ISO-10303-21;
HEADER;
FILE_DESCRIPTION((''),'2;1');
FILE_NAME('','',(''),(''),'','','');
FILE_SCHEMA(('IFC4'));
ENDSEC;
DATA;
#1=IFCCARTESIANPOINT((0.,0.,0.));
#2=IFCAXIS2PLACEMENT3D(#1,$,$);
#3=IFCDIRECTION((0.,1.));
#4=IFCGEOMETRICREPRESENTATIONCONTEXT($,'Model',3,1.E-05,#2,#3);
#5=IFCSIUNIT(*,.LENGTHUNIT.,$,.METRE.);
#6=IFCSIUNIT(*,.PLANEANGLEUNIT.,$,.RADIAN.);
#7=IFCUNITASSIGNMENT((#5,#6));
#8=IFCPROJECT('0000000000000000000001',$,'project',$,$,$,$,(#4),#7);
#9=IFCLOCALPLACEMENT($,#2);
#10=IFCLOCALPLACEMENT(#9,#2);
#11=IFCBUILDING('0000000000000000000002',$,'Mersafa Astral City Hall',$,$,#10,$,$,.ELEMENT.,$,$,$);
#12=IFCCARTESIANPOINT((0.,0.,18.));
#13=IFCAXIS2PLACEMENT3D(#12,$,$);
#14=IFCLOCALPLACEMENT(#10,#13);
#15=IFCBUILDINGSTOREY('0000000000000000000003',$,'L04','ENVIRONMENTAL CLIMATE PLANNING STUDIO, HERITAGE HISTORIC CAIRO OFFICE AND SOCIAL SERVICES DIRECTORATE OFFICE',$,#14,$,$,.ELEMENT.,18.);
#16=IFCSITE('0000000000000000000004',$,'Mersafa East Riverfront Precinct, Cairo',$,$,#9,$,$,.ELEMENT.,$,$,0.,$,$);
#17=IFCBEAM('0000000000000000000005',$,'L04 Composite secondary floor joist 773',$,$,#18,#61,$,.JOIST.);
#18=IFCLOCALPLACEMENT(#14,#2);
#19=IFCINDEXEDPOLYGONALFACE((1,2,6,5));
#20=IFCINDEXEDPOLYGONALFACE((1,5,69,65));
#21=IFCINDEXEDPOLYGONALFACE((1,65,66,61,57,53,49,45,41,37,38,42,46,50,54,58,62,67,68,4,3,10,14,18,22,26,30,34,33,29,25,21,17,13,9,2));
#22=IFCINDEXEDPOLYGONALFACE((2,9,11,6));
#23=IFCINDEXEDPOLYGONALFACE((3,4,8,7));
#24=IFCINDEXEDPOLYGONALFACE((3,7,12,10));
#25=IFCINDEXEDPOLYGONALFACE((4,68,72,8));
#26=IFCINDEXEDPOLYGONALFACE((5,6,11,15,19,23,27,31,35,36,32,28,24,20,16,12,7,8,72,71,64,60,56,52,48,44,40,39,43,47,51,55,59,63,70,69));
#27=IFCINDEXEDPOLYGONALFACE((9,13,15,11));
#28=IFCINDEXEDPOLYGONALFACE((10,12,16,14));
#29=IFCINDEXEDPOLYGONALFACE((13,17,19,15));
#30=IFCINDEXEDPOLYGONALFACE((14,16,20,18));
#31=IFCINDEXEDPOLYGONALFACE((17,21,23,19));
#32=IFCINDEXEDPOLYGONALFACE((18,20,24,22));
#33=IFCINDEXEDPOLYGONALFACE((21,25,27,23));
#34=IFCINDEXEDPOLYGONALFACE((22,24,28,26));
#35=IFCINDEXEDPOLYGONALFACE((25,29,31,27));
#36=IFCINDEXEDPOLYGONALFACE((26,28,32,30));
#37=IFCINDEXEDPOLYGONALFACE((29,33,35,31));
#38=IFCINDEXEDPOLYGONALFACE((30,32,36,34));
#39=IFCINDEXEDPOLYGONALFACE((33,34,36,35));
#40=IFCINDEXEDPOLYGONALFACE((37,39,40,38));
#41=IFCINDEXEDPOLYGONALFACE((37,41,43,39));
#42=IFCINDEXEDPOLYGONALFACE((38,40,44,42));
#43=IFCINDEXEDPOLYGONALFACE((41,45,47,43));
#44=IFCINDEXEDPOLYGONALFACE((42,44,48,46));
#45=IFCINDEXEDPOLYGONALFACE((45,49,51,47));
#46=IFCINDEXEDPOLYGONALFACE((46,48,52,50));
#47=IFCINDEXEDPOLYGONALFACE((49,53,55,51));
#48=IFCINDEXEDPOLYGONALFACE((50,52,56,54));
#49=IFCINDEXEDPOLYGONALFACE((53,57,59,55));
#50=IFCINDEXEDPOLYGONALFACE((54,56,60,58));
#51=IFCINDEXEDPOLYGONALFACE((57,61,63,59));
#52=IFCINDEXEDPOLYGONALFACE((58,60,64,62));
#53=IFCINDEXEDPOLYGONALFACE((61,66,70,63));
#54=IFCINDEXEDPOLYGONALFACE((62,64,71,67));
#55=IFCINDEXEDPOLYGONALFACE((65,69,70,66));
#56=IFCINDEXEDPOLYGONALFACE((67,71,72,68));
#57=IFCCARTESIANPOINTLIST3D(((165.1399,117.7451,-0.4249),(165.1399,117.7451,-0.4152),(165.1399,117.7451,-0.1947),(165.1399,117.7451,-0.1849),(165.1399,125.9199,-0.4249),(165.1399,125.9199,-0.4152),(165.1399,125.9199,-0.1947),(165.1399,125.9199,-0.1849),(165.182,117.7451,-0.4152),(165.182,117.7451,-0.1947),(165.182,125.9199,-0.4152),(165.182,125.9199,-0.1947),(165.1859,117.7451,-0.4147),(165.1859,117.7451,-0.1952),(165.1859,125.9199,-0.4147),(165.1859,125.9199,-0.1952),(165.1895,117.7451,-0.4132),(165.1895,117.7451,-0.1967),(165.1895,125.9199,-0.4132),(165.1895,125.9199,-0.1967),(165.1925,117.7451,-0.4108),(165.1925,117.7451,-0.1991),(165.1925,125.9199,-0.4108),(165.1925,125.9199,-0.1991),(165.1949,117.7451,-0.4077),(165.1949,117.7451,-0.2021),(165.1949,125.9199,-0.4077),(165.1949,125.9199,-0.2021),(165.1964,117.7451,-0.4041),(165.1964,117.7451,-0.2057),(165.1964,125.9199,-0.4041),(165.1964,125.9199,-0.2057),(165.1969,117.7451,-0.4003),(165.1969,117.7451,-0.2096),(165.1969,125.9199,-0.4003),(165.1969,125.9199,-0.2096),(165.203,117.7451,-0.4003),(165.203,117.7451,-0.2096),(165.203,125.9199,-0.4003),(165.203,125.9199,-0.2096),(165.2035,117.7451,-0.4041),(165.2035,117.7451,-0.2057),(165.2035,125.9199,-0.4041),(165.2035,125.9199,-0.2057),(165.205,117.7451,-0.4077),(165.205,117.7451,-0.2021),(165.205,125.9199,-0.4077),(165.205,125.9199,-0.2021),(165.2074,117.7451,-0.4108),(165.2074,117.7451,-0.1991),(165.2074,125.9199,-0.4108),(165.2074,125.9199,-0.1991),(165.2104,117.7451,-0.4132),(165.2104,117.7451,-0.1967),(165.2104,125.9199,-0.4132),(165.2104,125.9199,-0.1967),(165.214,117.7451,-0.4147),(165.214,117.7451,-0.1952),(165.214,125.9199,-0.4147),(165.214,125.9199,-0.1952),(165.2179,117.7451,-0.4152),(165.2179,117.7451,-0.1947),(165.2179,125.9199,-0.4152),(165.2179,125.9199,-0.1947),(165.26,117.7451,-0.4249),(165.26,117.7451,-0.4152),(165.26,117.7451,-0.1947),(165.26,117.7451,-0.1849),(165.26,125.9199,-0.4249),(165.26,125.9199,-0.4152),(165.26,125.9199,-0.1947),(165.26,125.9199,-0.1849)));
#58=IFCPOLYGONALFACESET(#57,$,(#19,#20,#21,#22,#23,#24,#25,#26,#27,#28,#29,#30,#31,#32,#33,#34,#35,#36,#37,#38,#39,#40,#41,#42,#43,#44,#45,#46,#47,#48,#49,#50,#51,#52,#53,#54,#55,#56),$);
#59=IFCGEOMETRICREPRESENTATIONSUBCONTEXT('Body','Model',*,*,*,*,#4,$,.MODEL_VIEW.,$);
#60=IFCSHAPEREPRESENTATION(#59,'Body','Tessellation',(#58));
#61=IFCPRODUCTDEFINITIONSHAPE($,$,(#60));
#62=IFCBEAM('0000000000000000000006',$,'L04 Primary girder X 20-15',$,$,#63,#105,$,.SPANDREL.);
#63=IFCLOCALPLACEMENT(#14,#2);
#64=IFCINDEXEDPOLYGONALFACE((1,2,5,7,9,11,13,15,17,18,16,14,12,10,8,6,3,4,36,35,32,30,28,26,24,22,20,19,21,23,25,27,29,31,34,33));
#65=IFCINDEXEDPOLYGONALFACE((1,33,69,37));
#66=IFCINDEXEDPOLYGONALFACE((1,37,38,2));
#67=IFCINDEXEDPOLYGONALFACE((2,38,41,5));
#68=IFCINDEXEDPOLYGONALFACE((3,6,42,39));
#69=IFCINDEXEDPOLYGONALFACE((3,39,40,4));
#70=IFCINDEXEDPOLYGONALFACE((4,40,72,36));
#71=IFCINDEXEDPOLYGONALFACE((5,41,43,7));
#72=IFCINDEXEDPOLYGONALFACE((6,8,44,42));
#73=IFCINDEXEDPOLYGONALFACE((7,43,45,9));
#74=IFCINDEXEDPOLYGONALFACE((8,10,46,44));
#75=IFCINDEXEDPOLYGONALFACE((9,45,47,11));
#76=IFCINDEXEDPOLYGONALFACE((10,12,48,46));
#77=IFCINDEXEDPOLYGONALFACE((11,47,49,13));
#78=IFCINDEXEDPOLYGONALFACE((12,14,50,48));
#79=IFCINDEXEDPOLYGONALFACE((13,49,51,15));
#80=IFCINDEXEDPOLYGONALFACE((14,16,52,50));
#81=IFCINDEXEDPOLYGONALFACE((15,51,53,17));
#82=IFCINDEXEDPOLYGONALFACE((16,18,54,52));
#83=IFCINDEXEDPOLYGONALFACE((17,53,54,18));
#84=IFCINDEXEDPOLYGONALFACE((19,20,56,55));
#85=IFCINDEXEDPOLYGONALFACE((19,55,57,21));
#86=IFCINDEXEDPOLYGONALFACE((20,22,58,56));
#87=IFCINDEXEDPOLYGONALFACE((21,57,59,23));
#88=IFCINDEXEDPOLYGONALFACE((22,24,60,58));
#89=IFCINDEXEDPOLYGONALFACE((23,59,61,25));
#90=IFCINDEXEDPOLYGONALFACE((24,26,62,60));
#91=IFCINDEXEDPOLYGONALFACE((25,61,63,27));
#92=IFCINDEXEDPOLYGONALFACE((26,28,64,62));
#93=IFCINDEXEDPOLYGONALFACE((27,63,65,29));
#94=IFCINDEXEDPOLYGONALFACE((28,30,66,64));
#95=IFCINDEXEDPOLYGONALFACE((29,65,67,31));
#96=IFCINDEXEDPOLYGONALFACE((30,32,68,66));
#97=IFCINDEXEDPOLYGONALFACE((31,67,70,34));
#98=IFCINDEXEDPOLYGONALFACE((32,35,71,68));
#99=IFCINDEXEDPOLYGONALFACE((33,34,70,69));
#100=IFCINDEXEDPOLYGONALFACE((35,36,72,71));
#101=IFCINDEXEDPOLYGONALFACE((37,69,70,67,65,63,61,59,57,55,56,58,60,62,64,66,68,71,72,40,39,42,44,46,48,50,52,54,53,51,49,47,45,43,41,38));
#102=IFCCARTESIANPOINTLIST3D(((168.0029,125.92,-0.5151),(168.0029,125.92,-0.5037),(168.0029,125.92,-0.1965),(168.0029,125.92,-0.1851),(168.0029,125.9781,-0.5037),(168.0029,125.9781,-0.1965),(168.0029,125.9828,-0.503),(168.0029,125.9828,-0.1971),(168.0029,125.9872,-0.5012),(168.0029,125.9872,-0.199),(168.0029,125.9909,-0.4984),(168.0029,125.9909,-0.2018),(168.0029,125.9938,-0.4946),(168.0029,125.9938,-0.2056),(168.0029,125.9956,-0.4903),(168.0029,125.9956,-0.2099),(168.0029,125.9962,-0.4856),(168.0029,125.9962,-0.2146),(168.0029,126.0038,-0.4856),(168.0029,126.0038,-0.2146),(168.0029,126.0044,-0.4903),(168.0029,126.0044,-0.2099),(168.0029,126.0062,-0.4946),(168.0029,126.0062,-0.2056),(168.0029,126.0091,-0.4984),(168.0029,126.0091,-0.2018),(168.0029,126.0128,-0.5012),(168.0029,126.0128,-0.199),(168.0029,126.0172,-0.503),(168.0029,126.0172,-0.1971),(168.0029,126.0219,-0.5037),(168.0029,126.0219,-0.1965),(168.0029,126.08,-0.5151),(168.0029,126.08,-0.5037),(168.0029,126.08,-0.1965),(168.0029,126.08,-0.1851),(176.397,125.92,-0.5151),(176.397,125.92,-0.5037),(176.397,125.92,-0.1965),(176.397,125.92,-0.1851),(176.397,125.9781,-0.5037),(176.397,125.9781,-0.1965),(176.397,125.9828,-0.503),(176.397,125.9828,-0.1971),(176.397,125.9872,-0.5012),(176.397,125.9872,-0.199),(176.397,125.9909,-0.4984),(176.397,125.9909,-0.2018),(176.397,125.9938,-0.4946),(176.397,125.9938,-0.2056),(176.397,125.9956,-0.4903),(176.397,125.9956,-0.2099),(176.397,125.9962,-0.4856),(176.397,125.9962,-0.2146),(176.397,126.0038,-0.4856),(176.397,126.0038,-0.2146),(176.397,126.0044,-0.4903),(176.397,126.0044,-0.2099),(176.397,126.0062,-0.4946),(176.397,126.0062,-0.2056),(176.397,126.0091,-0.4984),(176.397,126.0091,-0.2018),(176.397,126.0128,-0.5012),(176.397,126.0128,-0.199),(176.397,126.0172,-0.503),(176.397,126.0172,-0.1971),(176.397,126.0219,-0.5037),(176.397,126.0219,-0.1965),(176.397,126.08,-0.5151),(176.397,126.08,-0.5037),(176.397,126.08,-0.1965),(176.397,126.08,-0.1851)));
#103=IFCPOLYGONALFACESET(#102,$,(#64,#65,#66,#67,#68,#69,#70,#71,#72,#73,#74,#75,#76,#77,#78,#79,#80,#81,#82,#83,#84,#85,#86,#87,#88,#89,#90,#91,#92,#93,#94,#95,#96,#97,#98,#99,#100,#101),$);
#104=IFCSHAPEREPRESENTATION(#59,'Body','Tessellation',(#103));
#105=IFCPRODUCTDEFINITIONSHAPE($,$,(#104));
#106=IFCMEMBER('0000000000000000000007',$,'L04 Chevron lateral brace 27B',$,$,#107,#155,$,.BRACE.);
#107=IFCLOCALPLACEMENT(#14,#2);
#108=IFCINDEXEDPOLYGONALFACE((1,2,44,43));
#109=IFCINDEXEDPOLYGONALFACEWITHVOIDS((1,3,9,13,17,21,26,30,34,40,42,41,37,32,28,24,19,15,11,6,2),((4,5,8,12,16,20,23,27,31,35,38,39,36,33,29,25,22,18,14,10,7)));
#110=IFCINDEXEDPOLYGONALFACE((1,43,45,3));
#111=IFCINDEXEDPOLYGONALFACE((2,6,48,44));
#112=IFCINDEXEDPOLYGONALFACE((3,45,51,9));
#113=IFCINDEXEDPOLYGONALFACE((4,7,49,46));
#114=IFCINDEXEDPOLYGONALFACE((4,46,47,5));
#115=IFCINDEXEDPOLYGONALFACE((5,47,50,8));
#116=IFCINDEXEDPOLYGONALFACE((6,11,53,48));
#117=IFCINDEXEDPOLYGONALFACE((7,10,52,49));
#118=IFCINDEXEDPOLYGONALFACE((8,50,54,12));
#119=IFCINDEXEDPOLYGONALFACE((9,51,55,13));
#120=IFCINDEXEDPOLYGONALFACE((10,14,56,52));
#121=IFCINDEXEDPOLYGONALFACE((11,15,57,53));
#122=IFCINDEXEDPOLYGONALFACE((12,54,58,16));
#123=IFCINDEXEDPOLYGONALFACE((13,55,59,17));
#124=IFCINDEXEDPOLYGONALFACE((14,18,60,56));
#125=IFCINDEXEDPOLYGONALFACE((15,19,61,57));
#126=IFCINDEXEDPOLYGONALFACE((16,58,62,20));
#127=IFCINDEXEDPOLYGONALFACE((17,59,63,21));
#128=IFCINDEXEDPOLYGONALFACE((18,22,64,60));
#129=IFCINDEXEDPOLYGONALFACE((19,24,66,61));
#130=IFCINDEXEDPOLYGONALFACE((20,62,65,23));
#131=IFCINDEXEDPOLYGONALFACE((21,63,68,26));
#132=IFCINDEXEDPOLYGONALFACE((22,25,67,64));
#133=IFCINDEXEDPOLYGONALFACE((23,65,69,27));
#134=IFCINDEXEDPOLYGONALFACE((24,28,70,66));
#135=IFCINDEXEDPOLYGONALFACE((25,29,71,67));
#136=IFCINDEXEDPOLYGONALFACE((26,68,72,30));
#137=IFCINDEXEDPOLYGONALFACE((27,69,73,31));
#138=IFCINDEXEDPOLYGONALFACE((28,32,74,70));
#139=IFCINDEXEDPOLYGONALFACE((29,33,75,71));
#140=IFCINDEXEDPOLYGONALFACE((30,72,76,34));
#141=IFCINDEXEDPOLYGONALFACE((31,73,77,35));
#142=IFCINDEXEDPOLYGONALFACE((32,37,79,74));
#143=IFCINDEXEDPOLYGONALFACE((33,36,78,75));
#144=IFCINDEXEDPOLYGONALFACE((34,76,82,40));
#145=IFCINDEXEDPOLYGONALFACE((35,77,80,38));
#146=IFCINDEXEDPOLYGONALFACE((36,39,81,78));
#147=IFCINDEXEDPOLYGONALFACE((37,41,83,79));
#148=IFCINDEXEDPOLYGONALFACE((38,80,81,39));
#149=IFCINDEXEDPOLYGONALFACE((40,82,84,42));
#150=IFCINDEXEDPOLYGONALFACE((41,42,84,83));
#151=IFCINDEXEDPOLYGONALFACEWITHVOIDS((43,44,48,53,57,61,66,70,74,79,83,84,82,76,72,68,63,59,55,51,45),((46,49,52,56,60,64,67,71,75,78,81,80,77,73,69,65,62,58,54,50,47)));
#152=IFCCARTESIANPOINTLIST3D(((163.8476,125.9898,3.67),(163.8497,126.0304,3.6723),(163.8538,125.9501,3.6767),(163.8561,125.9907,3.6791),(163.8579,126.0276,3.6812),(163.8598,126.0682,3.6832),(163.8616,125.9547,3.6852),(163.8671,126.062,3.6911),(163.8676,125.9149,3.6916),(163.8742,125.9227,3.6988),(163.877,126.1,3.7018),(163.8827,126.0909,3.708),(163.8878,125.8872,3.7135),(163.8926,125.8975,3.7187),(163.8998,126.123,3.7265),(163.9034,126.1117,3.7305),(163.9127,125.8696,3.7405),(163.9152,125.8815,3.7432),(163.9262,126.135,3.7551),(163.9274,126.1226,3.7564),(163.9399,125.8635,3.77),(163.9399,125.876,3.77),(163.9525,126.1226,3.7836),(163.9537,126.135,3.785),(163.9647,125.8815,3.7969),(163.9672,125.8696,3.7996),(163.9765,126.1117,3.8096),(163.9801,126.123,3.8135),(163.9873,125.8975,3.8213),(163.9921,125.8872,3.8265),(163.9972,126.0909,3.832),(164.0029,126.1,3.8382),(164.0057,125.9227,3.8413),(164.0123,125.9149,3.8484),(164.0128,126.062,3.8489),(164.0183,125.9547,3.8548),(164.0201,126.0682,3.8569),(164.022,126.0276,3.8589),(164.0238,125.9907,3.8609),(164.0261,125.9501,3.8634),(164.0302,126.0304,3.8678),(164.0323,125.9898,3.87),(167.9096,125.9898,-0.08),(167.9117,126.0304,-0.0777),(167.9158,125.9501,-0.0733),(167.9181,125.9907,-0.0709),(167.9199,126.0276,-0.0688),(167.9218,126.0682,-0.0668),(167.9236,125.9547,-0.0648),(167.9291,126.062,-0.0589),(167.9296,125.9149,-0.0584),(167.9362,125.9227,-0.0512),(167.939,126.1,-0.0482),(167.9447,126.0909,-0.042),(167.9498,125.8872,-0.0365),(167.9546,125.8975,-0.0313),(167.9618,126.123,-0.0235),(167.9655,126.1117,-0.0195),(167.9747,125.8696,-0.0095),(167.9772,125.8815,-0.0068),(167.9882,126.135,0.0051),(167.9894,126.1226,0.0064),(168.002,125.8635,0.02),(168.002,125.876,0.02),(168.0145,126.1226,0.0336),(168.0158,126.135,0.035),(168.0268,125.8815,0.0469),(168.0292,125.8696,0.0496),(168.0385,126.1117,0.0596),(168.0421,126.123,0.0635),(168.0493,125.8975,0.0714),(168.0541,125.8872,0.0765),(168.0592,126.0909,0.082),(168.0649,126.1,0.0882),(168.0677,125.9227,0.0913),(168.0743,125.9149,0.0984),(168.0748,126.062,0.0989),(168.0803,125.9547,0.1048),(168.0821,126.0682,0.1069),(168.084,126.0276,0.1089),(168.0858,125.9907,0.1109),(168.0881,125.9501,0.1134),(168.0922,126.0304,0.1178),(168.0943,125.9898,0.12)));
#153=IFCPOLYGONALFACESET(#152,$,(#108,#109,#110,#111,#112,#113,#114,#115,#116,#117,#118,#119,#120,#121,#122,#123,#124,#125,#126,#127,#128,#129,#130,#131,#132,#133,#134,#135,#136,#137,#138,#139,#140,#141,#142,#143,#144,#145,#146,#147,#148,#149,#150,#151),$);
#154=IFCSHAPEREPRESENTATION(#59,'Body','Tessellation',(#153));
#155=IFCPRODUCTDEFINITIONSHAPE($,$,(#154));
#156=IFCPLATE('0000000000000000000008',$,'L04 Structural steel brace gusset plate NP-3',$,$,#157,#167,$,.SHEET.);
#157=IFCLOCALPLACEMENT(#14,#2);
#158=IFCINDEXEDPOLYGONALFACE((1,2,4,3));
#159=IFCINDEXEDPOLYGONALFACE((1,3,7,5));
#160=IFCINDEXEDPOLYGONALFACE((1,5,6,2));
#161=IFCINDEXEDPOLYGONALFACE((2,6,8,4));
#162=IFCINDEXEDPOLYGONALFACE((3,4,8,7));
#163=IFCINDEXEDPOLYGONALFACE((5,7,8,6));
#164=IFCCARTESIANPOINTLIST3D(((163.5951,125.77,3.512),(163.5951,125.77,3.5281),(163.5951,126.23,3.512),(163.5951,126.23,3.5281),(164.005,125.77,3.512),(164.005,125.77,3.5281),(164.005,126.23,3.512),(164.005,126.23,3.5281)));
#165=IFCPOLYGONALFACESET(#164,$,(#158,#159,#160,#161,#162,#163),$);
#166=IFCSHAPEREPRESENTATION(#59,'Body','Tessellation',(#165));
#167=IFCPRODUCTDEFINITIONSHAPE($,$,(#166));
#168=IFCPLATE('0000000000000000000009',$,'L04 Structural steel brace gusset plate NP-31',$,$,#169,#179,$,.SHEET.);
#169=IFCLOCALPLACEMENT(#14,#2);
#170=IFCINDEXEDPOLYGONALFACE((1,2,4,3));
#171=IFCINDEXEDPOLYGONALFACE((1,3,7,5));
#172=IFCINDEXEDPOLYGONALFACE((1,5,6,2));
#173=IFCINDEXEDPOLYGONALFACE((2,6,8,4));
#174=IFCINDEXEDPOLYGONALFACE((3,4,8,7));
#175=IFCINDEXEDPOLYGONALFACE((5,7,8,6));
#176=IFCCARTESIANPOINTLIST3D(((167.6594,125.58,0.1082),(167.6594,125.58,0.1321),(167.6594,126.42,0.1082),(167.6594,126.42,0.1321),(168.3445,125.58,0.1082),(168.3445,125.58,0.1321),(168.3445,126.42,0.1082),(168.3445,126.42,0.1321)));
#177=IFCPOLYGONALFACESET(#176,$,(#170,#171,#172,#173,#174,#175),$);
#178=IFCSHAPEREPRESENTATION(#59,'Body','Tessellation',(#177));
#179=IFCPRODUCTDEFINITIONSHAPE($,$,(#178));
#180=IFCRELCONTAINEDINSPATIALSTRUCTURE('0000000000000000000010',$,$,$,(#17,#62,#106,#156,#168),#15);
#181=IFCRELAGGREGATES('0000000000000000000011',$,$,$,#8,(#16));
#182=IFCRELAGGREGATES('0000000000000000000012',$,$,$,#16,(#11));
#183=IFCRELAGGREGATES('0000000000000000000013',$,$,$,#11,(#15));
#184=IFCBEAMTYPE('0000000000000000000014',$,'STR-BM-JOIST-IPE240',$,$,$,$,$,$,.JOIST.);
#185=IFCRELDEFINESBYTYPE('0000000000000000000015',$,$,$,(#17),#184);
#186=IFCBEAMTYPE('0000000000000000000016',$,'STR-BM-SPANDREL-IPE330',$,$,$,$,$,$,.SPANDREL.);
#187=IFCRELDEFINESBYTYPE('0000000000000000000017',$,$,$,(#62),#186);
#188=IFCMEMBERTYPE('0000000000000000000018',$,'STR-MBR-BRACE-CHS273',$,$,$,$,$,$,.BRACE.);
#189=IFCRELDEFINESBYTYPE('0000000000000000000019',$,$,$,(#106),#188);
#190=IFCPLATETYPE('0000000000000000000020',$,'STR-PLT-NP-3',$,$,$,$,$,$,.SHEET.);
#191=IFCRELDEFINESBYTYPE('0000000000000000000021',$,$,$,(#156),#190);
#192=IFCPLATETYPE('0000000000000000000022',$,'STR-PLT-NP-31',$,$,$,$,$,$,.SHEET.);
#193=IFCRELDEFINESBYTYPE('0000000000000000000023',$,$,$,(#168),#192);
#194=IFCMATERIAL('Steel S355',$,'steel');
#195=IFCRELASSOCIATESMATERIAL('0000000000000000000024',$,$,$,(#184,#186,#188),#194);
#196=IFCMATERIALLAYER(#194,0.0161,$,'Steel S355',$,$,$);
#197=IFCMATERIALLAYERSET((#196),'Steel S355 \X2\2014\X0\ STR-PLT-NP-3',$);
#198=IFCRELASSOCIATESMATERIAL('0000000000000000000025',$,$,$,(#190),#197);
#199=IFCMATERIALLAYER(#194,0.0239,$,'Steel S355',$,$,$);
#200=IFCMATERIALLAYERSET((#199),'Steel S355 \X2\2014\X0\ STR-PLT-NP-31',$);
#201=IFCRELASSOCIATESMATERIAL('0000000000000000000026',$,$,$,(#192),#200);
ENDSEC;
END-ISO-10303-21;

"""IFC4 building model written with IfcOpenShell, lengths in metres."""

from ifc_helpers import new_model, si_unit, direction, frame, origin, origin_2d, place, context, subcontext, project, spatial, rectangle, hollow_circle, i_section, extrude, material, layer, layer_set, material_profile, profile_set, type_object, element, save


model = new_model("IFC4")

# Units and contexts
model_context = context("Model", 3, precision=1e-05, world=origin(), true_north=direction((0.0, 1.0)))
body_context = subcontext(model_context, "Body", "Model", "MODEL_VIEW")
ifc_project = project(units=[si_unit("LENGTHUNIT", "METRE"), si_unit("PLANEANGLEUNIT", "RADIAN")], contexts=[model_context])

# Site, building, storey
site_placement = place(None, origin())
site = spatial("IfcSite", under=ifc_project, at=site_placement, Name="Mersafa East Riverfront Precinct, Cairo", CompositionType="ELEMENT", RefElevation=0.0)
building_placement = place(site_placement, origin())
building = spatial("IfcBuilding", under=site, at=building_placement, Name="Mersafa Astral City Hall", CompositionType="ELEMENT")
storey_placement = place(building_placement, frame((0.0, 0.0, 18.0)))
storey = spatial("IfcBuildingStorey", under=building, at=storey_placement, Name="L04", Description="ENVIRONMENTAL CLIMATE PLANNING STUDIO, HERITAGE HISTORIC CAIRO OFFICE AND SOCIAL SERVICES DIRECTORATE OFFICE", CompositionType="ELEMENT", Elevation=18.0)

# Shared definitions
ifc_material_1 = material(Name="Steel S355", Category="steel")

# Beams
ifc_material_profile_1 = material_profile(ifc_material_1, i_section(OverallWidth=0.1201, OverallDepth=0.24, WebThickness=0.0061, FlangeThickness=0.0098, FilletRadius=0.0149, at=origin_2d()), Name="IPE 240")
ifc_profile_set_1 = profile_set([ifc_material_profile_1], Name="Steel S355")
beam_type_1 = type_object("IfcBeamType", Name="STR-BM-JOIST-IPE240", PredefinedType="JOIST", material=ifc_profile_set_1)
for number, where, z_axis, x_axis, name in (
    (1, (165.2, 117.7451, -0.3049), (0.0, 1.0, 0.0), (-1.0, 0.0, 0.0), "L04 Composite secondary floor joist 773"),
):
    element("IfcBeam", number, at=place(storey_placement, frame(where, z_axis=z_axis, x_axis=x_axis)), inside=storey, type_object=beam_type_1, Name=name, PredefinedType="JOIST", context=body_context, shape_type="SweptSolid", body=[
        extrude(i_section(OverallWidth=0.1201, OverallDepth=0.24, WebThickness=0.0061, FlangeThickness=0.0098, FilletRadius=0.0149, at=origin_2d()), origin(), (0.0, 0.0, 1.0), 8.1748),
    ])
ifc_material_profile_2 = material_profile(ifc_material_1, i_section(OverallWidth=0.1599, OverallDepth=0.3301, WebThickness=0.0076, FlangeThickness=0.0115, FilletRadius=0.0181, at=origin_2d()), Name="IPE 330")
ifc_profile_set_2 = profile_set([ifc_material_profile_2], Name="Steel S355")
beam_type_2 = type_object("IfcBeamType", Name="STR-BM-SPANDREL-IPE330", PredefinedType="SPANDREL", material=ifc_profile_set_2)
beam_1_placement = place(storey_placement, frame((168.0029, 126.0, -0.3501), z_axis=(1.0, 0.0, 0.0), x_axis=(0.0, 1.0, 0.0)))
element("IfcBeam", 2, at=beam_1_placement, inside=storey, type_object=beam_type_2, Name="L04 Primary girder X 20-15", PredefinedType="SPANDREL", context=body_context, shape_type="SweptSolid", body=[
    extrude(i_section(OverallWidth=0.1599, OverallDepth=0.3301, WebThickness=0.0076, FlangeThickness=0.0115, FilletRadius=0.0181, at=origin_2d()), origin(), (0.0, 0.0, 1.0), 8.394),
])

# Member
ifc_material_profile_3 = material_profile(ifc_material_1, hollow_circle(Radius=0.1365, WallThickness=0.0125, at=origin_2d()), Name="CHS 273x12.5")
ifc_profile_set_3 = profile_set([ifc_material_profile_3], Name="Steel S355")
member_type = type_object("IfcMemberType", Name="STR-MBR-BRACE-CHS273", PredefinedType="BRACE", material=ifc_profile_set_3)
member_placement = place(storey_placement, frame((168.002, 126.0, 0.02), z_axis=(-0.734763, 0.0, 0.678324), x_axis=(0.0, -1.0, 0.0)))
element("IfcMember", 3, at=member_placement, inside=storey, type_object=member_type, Name="L04 Chevron lateral brace 27B", PredefinedType="BRACE", context=body_context, shape_type="SweptSolid", body=[
    extrude(hollow_circle(Radius=0.1365, WallThickness=0.0125, at=origin_2d()), origin(), (0.0, 0.0, 1.0), 5.5283),
])

# Plates
ifc_layer_1 = layer(ifc_material_1, 0.0161, Name="Steel S355")
ifc_layer_set_1 = layer_set([ifc_layer_1], Name="Steel S355 — STR-PLT-NP-3")
plate_type_1 = type_object("IfcPlateType", Name="STR-PLT-NP-3", PredefinedType="SHEET", material=ifc_layer_set_1)
plate_1_placement = place(storey_placement, frame((163.8, 126.0, 3.512), z_axis=(0.0, 0.0, 1.0), x_axis=(1.0, 0.0, 0.0)))
element("IfcPlate", 4, at=plate_1_placement, inside=storey, type_object=plate_type_1, Name="L04 Structural steel brace gusset plate NP-3", PredefinedType="SHEET", context=body_context, shape_type="SweptSolid", body=[
    extrude(rectangle(XDim=0.4099, YDim=0.46, at=origin_2d()), origin(), (0.0, 0.0, 1.0), 0.0161),
])
ifc_layer_2 = layer(ifc_material_1, 0.0239, Name="Steel S355")
ifc_layer_set_2 = layer_set([ifc_layer_2], Name="Steel S355 — STR-PLT-NP-31")
plate_type_2 = type_object("IfcPlateType", Name="STR-PLT-NP-31", PredefinedType="SHEET", material=ifc_layer_set_2)
plate_2_placement = place(storey_placement, frame((168.002, 126.0, 0.1082), z_axis=(0.0, 0.0, 1.0), x_axis=(1.0, 0.0, 0.0)))
element("IfcPlate", 5, at=plate_2_placement, inside=storey, type_object=plate_type_2, Name="L04 Structural steel brace gusset plate NP-31", PredefinedType="SHEET", context=body_context, shape_type="SweptSolid", body=[
    extrude(rectangle(XDim=0.6851, YDim=0.8401, at=origin_2d()), origin(), (0.0, 0.0, 1.0), 0.0239),
])

save(model, "model.ifc")
